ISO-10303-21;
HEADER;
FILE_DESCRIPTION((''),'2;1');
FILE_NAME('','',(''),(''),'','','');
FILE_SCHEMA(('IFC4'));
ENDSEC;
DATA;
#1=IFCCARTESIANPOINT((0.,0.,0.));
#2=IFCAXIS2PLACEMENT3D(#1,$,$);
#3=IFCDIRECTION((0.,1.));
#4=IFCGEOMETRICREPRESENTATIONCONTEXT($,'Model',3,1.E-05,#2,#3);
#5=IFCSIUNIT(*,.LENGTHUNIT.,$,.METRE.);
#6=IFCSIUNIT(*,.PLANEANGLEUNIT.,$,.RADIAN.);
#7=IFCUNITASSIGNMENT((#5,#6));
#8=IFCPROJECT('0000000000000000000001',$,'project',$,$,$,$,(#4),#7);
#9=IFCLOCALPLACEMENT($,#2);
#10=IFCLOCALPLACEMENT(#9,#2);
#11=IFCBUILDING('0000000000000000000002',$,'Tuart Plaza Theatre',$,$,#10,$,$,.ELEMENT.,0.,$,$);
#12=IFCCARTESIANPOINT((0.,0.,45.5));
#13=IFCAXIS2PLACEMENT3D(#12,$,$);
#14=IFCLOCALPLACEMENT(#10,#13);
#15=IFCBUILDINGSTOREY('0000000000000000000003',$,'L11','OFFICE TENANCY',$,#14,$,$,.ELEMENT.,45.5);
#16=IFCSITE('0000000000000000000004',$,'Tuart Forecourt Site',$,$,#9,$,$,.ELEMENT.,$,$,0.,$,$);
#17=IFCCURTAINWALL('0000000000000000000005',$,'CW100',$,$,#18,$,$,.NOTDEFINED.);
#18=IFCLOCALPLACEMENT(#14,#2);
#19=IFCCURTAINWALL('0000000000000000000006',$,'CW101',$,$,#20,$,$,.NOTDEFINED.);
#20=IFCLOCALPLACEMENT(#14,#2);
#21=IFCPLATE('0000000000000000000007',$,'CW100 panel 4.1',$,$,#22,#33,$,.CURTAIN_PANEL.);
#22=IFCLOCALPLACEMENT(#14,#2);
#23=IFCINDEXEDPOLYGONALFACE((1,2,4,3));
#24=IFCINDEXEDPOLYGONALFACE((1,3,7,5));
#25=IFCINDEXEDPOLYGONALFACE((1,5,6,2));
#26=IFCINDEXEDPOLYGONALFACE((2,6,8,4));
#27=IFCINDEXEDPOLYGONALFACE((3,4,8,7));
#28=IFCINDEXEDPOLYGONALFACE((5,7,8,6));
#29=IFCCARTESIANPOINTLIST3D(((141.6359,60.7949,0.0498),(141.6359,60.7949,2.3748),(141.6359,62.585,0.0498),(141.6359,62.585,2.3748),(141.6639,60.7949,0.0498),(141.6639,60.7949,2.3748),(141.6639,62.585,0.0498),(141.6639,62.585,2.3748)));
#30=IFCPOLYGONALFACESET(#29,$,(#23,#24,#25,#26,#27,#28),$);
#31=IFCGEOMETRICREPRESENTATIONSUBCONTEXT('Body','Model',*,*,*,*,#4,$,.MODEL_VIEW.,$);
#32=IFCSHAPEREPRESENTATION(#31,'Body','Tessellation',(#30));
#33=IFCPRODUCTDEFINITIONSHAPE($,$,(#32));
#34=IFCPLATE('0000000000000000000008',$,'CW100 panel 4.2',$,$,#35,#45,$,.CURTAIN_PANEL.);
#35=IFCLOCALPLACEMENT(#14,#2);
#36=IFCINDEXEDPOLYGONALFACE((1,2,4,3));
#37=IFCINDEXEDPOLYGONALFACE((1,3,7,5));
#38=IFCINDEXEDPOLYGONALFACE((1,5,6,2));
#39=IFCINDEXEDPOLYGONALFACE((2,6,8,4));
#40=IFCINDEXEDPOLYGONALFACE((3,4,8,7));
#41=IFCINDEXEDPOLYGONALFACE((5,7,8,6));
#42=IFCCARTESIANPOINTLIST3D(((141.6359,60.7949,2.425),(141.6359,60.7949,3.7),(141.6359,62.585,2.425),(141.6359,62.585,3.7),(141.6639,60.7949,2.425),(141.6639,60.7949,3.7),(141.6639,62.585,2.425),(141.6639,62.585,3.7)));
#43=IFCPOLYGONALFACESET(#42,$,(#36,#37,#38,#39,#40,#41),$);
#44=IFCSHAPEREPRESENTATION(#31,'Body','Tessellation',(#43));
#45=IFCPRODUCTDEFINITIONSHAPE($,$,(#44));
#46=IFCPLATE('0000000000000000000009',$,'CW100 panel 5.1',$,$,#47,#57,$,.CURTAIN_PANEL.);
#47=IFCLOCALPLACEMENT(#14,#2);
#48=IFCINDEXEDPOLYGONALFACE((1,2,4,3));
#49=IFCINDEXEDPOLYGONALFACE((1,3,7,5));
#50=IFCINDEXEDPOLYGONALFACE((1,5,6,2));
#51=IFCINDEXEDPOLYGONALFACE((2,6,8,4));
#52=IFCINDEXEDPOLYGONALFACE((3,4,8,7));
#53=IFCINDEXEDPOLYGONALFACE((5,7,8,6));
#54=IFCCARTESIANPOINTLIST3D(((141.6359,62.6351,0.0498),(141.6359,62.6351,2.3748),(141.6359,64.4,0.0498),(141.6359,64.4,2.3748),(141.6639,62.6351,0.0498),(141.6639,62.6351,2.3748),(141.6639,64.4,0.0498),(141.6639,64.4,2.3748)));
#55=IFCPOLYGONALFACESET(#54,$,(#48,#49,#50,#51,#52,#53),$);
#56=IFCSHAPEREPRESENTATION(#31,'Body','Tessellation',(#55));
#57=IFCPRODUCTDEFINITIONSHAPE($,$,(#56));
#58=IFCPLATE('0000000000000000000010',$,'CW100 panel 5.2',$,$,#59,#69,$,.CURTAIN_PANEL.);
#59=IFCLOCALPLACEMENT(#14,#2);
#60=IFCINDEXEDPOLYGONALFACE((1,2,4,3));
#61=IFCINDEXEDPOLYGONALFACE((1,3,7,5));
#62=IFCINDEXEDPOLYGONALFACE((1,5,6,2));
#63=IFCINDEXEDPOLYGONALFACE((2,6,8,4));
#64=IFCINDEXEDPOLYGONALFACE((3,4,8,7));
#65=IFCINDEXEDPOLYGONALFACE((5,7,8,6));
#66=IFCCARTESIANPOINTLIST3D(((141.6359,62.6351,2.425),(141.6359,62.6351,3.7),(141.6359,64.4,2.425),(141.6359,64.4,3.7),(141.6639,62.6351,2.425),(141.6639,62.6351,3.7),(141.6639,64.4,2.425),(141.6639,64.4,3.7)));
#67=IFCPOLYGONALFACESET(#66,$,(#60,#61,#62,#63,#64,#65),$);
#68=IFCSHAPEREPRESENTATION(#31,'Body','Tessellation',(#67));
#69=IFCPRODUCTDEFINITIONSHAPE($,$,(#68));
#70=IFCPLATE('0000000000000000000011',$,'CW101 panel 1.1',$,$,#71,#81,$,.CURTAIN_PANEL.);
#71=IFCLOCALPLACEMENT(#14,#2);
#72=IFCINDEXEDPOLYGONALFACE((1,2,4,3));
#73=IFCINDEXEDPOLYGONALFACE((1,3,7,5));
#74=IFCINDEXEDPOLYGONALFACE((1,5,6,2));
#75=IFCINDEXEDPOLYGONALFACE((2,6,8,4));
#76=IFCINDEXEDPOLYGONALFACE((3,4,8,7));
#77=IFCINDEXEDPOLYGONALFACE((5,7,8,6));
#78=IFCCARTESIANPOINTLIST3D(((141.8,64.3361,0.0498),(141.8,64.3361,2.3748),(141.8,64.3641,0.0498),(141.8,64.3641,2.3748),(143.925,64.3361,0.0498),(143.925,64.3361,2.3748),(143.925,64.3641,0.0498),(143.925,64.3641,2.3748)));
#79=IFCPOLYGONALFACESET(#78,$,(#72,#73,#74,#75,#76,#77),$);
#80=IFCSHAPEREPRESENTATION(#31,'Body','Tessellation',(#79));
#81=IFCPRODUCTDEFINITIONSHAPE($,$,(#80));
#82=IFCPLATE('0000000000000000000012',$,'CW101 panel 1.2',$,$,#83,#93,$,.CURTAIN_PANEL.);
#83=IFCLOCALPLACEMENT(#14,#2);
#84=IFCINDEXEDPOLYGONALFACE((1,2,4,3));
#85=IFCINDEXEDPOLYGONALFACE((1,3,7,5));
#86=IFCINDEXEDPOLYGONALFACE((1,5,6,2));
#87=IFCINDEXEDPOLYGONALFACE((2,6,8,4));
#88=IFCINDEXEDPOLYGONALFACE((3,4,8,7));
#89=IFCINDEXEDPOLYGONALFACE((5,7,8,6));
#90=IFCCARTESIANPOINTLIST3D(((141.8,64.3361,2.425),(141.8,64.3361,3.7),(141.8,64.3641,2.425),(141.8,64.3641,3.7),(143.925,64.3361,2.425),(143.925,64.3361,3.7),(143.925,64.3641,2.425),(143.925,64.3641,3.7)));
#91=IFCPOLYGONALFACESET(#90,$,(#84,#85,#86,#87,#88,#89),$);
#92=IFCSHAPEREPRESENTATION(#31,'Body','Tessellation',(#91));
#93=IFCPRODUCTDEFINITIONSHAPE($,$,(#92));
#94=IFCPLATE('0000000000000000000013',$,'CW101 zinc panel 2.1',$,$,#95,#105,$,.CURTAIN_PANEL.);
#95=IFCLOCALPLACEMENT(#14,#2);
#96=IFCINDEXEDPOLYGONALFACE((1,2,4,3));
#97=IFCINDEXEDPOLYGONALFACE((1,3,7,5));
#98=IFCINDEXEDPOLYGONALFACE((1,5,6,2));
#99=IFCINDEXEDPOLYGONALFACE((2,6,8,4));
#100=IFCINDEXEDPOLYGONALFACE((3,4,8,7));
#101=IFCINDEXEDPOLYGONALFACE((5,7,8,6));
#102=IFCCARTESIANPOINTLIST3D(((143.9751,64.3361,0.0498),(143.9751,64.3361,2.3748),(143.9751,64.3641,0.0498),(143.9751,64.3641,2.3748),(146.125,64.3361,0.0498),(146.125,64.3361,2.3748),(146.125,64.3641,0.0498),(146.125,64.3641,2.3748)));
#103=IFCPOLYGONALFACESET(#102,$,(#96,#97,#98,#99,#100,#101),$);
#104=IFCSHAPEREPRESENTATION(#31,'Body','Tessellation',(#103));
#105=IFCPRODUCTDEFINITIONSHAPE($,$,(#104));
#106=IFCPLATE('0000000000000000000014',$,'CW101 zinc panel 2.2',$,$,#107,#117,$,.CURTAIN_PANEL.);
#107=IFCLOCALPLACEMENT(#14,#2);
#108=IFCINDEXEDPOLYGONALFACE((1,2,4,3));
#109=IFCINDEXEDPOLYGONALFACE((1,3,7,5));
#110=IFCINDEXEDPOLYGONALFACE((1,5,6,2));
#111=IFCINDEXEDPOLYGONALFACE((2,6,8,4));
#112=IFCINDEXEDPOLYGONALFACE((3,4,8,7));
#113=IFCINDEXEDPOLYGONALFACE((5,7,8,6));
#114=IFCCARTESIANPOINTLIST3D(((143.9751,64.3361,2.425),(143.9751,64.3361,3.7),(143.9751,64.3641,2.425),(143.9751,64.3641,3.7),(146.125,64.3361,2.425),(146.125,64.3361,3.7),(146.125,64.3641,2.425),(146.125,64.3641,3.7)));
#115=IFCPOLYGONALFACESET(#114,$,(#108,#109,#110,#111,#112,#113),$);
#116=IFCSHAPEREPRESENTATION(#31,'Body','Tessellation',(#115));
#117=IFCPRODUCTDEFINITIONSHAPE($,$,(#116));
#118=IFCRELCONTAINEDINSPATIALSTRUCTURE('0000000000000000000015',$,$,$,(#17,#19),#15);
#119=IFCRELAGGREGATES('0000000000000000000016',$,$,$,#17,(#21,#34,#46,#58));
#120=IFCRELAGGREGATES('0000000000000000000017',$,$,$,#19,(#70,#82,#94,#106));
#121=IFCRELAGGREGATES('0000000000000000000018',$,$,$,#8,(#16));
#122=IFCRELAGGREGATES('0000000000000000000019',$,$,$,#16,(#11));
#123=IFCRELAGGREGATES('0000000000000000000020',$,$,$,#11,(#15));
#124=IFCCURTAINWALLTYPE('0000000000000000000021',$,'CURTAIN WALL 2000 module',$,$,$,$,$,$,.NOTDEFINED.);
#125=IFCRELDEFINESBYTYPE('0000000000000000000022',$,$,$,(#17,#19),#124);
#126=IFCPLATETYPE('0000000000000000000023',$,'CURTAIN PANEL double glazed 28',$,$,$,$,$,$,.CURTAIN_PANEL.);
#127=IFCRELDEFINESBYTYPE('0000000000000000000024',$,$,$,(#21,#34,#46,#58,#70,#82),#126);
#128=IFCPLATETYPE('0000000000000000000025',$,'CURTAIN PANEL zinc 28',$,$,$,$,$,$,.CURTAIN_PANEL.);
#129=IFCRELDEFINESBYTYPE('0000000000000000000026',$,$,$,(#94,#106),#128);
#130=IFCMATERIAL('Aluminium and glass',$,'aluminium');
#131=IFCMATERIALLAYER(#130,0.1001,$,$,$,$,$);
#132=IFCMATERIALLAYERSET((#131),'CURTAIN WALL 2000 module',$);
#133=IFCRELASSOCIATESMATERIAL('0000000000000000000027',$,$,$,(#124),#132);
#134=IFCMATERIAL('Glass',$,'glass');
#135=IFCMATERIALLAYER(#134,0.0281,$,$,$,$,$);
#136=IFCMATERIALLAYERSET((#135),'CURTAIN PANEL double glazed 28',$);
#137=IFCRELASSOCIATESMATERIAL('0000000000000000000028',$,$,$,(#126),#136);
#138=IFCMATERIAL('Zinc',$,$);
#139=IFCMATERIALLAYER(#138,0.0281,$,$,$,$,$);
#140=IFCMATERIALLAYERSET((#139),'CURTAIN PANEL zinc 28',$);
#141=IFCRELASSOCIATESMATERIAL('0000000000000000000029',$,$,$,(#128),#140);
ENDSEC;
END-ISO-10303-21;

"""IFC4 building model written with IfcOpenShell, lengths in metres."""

from ifc_helpers import new_model, si_unit, direction, frame, origin, origin_2d, place, context, subcontext, project, spatial, rectangle, extrude, material, layer, layer_set, type_object, element, aggregate, save


model = new_model("IFC4")

# Units and contexts
model_context = context("Model", 3, precision=1e-05, world=origin(), true_north=direction((0.0, 1.0)))
body_context = subcontext(model_context, "Body", "Model", "MODEL_VIEW")
ifc_project = project(units=[si_unit("LENGTHUNIT", "METRE"), si_unit("PLANEANGLEUNIT", "RADIAN")], contexts=[model_context])

# Site, building, storey
site_placement = place(None, origin())
site = spatial("IfcSite", under=ifc_project, at=site_placement, Name="Tuart Forecourt Site", CompositionType="ELEMENT", RefElevation=0.0)
building_placement = place(site_placement, origin())
building = spatial("IfcBuilding", under=site, at=building_placement, Name="Tuart Plaza Theatre", CompositionType="ELEMENT", ElevationOfRefHeight=0.0)
storey_placement = place(building_placement, frame((0.0, 0.0, 45.5)))
storey = spatial("IfcBuildingStorey", under=building, at=storey_placement, Name="L11", Description="OFFICE TENANCY", CompositionType="ELEMENT", Elevation=45.5)

# Curtain walls
ifc_material_1 = material(Name="Aluminium and glass", Category="aluminium")
ifc_layer_1 = layer(ifc_material_1, 0.1001)
ifc_layer_set_1 = layer_set([ifc_layer_1], Name="CURTAIN WALL 2000 module")
curtain_wall_type = type_object("IfcCurtainWallType", Name="CURTAIN WALL 2000 module", PredefinedType="NOTDEFINED", material=ifc_layer_set_1)
curtain_wall_1_placement = place(storey_placement, origin())
curtain_wall_1 = element("IfcCurtainWall", 1, at=curtain_wall_1_placement, inside=storey, type_object=curtain_wall_type, Name="CW100", PredefinedType="NOTDEFINED")
curtain_wall_2_placement = place(storey_placement, origin())
curtain_wall_2 = element("IfcCurtainWall", 2, at=curtain_wall_2_placement, inside=storey, type_object=curtain_wall_type, Name="CW101", PredefinedType="NOTDEFINED")

# Plates
ifc_material_2 = material(Name="Glass", Category="glass")
ifc_layer_2 = layer(ifc_material_2, 0.0281)
ifc_layer_set_2 = layer_set([ifc_layer_2], Name="CURTAIN PANEL double glazed 28")
plate_type_1 = type_object("IfcPlateType", Name="CURTAIN PANEL double glazed 28", PredefinedType="CURTAIN_PANEL", material=ifc_layer_set_2)
plate_1_placement = place(storey_placement, frame((141.6499, 61.6899, 0.0498), z_axis=(0.0, 0.0, 1.0), x_axis=(0.0, 1.0, 0.0)))
plate_1 = element("IfcPlate", 3, at=plate_1_placement, type_object=plate_type_1, Name="CW100 panel 4.1", PredefinedType="CURTAIN_PANEL", context=body_context, shape_type="SweptSolid", body=[
    extrude(rectangle(XDim=1.79, YDim=0.0281, at=origin_2d()), origin(), (0.0, 0.0, 1.0), 2.325),
])
plate_2_placement = place(storey_placement, frame((141.6499, 61.6899, 2.425), z_axis=(0.0, 0.0, 1.0), x_axis=(0.0, 1.0, 0.0)))
plate_2 = element("IfcPlate", 4, at=plate_2_placement, type_object=plate_type_1, Name="CW100 panel 4.2", PredefinedType="CURTAIN_PANEL", context=body_context, shape_type="SweptSolid", body=[
    extrude(rectangle(XDim=1.79, YDim=0.0281, at=origin_2d()), origin(), (0.0, 0.0, 1.0), 1.2749),
])
plate_3_placement = place(storey_placement, frame((141.6499, 63.5176, 0.0498), z_axis=(0.0, 0.0, 1.0), x_axis=(0.0, 1.0, 0.0)))
plate_3 = element("IfcPlate", 5, at=plate_3_placement, type_object=plate_type_1, Name="CW100 panel 5.1", PredefinedType="CURTAIN_PANEL", context=body_context, shape_type="SweptSolid", body=[
    extrude(rectangle(XDim=1.7649, YDim=0.0281, at=origin_2d()), origin(), (0.0, 0.0, 1.0), 2.325),
])
plate_4_placement = place(storey_placement, frame((141.6499, 63.5176, 2.425), z_axis=(0.0, 0.0, 1.0), x_axis=(0.0, 1.0, 0.0)))
plate_4 = element("IfcPlate", 6, at=plate_4_placement, type_object=plate_type_1, Name="CW100 panel 5.2", PredefinedType="CURTAIN_PANEL", context=body_context, shape_type="SweptSolid", body=[
    extrude(rectangle(XDim=1.7649, YDim=0.0281, at=origin_2d()), origin(), (0.0, 0.0, 1.0), 1.2749),
])
aggregate(curtain_wall_1, [plate_1, plate_2, plate_3, plate_4])
plate_5_placement = place(storey_placement, frame((142.8625, 64.3501, 0.0498), z_axis=(0.0, 0.0, 1.0), x_axis=(1.0, 0.0, 0.0)))
plate_5 = element("IfcPlate", 7, at=plate_5_placement, type_object=plate_type_1, Name="CW101 panel 1.1", PredefinedType="CURTAIN_PANEL", context=body_context, shape_type="SweptSolid", body=[
    extrude(rectangle(XDim=2.125, YDim=0.0281, at=origin_2d()), origin(), (0.0, 0.0, 1.0), 2.325),
])
plate_6_placement = place(storey_placement, frame((142.8625, 64.3501, 2.425), z_axis=(0.0, 0.0, 1.0), x_axis=(1.0, 0.0, 0.0)))
plate_6 = element("IfcPlate", 8, at=plate_6_placement, type_object=plate_type_1, Name="CW101 panel 1.2", PredefinedType="CURTAIN_PANEL", context=body_context, shape_type="SweptSolid", body=[
    extrude(rectangle(XDim=2.125, YDim=0.0281, at=origin_2d()), origin(), (0.0, 0.0, 1.0), 1.2749),
])
ifc_material_3 = material(Name="Zinc")
ifc_layer_3 = layer(ifc_material_3, 0.0281)
ifc_layer_set_3 = layer_set([ifc_layer_3], Name="CURTAIN PANEL zinc 28")
plate_type_2 = type_object("IfcPlateType", Name="CURTAIN PANEL zinc 28", PredefinedType="CURTAIN_PANEL", material=ifc_layer_set_3)
plate_7_placement = place(storey_placement, frame((145.05, 64.3501, 0.0498), z_axis=(0.0, 0.0, 1.0), x_axis=(1.0, 0.0, 0.0)))
plate_7 = element("IfcPlate", 9, at=plate_7_placement, type_object=plate_type_2, Name="CW101 zinc panel 2.1", PredefinedType="CURTAIN_PANEL", context=body_context, shape_type="SweptSolid", body=[
    extrude(rectangle(XDim=2.1499, YDim=0.0281, at=origin_2d()), origin(), (0.0, 0.0, 1.0), 2.325),
])
plate_8_placement = place(storey_placement, frame((145.05, 64.3501, 2.425), z_axis=(0.0, 0.0, 1.0), x_axis=(1.0, 0.0, 0.0)))
plate_8 = element("IfcPlate", 10, at=plate_8_placement, type_object=plate_type_2, Name="CW101 zinc panel 2.2", PredefinedType="CURTAIN_PANEL", context=body_context, shape_type="SweptSolid", body=[
    extrude(rectangle(XDim=2.1499, YDim=0.0281, at=origin_2d()), origin(), (0.0, 0.0, 1.0), 1.2749),
])
aggregate(curtain_wall_2, [plate_5, plate_6, plate_7, plate_8])

save(model, "model.ifc")
